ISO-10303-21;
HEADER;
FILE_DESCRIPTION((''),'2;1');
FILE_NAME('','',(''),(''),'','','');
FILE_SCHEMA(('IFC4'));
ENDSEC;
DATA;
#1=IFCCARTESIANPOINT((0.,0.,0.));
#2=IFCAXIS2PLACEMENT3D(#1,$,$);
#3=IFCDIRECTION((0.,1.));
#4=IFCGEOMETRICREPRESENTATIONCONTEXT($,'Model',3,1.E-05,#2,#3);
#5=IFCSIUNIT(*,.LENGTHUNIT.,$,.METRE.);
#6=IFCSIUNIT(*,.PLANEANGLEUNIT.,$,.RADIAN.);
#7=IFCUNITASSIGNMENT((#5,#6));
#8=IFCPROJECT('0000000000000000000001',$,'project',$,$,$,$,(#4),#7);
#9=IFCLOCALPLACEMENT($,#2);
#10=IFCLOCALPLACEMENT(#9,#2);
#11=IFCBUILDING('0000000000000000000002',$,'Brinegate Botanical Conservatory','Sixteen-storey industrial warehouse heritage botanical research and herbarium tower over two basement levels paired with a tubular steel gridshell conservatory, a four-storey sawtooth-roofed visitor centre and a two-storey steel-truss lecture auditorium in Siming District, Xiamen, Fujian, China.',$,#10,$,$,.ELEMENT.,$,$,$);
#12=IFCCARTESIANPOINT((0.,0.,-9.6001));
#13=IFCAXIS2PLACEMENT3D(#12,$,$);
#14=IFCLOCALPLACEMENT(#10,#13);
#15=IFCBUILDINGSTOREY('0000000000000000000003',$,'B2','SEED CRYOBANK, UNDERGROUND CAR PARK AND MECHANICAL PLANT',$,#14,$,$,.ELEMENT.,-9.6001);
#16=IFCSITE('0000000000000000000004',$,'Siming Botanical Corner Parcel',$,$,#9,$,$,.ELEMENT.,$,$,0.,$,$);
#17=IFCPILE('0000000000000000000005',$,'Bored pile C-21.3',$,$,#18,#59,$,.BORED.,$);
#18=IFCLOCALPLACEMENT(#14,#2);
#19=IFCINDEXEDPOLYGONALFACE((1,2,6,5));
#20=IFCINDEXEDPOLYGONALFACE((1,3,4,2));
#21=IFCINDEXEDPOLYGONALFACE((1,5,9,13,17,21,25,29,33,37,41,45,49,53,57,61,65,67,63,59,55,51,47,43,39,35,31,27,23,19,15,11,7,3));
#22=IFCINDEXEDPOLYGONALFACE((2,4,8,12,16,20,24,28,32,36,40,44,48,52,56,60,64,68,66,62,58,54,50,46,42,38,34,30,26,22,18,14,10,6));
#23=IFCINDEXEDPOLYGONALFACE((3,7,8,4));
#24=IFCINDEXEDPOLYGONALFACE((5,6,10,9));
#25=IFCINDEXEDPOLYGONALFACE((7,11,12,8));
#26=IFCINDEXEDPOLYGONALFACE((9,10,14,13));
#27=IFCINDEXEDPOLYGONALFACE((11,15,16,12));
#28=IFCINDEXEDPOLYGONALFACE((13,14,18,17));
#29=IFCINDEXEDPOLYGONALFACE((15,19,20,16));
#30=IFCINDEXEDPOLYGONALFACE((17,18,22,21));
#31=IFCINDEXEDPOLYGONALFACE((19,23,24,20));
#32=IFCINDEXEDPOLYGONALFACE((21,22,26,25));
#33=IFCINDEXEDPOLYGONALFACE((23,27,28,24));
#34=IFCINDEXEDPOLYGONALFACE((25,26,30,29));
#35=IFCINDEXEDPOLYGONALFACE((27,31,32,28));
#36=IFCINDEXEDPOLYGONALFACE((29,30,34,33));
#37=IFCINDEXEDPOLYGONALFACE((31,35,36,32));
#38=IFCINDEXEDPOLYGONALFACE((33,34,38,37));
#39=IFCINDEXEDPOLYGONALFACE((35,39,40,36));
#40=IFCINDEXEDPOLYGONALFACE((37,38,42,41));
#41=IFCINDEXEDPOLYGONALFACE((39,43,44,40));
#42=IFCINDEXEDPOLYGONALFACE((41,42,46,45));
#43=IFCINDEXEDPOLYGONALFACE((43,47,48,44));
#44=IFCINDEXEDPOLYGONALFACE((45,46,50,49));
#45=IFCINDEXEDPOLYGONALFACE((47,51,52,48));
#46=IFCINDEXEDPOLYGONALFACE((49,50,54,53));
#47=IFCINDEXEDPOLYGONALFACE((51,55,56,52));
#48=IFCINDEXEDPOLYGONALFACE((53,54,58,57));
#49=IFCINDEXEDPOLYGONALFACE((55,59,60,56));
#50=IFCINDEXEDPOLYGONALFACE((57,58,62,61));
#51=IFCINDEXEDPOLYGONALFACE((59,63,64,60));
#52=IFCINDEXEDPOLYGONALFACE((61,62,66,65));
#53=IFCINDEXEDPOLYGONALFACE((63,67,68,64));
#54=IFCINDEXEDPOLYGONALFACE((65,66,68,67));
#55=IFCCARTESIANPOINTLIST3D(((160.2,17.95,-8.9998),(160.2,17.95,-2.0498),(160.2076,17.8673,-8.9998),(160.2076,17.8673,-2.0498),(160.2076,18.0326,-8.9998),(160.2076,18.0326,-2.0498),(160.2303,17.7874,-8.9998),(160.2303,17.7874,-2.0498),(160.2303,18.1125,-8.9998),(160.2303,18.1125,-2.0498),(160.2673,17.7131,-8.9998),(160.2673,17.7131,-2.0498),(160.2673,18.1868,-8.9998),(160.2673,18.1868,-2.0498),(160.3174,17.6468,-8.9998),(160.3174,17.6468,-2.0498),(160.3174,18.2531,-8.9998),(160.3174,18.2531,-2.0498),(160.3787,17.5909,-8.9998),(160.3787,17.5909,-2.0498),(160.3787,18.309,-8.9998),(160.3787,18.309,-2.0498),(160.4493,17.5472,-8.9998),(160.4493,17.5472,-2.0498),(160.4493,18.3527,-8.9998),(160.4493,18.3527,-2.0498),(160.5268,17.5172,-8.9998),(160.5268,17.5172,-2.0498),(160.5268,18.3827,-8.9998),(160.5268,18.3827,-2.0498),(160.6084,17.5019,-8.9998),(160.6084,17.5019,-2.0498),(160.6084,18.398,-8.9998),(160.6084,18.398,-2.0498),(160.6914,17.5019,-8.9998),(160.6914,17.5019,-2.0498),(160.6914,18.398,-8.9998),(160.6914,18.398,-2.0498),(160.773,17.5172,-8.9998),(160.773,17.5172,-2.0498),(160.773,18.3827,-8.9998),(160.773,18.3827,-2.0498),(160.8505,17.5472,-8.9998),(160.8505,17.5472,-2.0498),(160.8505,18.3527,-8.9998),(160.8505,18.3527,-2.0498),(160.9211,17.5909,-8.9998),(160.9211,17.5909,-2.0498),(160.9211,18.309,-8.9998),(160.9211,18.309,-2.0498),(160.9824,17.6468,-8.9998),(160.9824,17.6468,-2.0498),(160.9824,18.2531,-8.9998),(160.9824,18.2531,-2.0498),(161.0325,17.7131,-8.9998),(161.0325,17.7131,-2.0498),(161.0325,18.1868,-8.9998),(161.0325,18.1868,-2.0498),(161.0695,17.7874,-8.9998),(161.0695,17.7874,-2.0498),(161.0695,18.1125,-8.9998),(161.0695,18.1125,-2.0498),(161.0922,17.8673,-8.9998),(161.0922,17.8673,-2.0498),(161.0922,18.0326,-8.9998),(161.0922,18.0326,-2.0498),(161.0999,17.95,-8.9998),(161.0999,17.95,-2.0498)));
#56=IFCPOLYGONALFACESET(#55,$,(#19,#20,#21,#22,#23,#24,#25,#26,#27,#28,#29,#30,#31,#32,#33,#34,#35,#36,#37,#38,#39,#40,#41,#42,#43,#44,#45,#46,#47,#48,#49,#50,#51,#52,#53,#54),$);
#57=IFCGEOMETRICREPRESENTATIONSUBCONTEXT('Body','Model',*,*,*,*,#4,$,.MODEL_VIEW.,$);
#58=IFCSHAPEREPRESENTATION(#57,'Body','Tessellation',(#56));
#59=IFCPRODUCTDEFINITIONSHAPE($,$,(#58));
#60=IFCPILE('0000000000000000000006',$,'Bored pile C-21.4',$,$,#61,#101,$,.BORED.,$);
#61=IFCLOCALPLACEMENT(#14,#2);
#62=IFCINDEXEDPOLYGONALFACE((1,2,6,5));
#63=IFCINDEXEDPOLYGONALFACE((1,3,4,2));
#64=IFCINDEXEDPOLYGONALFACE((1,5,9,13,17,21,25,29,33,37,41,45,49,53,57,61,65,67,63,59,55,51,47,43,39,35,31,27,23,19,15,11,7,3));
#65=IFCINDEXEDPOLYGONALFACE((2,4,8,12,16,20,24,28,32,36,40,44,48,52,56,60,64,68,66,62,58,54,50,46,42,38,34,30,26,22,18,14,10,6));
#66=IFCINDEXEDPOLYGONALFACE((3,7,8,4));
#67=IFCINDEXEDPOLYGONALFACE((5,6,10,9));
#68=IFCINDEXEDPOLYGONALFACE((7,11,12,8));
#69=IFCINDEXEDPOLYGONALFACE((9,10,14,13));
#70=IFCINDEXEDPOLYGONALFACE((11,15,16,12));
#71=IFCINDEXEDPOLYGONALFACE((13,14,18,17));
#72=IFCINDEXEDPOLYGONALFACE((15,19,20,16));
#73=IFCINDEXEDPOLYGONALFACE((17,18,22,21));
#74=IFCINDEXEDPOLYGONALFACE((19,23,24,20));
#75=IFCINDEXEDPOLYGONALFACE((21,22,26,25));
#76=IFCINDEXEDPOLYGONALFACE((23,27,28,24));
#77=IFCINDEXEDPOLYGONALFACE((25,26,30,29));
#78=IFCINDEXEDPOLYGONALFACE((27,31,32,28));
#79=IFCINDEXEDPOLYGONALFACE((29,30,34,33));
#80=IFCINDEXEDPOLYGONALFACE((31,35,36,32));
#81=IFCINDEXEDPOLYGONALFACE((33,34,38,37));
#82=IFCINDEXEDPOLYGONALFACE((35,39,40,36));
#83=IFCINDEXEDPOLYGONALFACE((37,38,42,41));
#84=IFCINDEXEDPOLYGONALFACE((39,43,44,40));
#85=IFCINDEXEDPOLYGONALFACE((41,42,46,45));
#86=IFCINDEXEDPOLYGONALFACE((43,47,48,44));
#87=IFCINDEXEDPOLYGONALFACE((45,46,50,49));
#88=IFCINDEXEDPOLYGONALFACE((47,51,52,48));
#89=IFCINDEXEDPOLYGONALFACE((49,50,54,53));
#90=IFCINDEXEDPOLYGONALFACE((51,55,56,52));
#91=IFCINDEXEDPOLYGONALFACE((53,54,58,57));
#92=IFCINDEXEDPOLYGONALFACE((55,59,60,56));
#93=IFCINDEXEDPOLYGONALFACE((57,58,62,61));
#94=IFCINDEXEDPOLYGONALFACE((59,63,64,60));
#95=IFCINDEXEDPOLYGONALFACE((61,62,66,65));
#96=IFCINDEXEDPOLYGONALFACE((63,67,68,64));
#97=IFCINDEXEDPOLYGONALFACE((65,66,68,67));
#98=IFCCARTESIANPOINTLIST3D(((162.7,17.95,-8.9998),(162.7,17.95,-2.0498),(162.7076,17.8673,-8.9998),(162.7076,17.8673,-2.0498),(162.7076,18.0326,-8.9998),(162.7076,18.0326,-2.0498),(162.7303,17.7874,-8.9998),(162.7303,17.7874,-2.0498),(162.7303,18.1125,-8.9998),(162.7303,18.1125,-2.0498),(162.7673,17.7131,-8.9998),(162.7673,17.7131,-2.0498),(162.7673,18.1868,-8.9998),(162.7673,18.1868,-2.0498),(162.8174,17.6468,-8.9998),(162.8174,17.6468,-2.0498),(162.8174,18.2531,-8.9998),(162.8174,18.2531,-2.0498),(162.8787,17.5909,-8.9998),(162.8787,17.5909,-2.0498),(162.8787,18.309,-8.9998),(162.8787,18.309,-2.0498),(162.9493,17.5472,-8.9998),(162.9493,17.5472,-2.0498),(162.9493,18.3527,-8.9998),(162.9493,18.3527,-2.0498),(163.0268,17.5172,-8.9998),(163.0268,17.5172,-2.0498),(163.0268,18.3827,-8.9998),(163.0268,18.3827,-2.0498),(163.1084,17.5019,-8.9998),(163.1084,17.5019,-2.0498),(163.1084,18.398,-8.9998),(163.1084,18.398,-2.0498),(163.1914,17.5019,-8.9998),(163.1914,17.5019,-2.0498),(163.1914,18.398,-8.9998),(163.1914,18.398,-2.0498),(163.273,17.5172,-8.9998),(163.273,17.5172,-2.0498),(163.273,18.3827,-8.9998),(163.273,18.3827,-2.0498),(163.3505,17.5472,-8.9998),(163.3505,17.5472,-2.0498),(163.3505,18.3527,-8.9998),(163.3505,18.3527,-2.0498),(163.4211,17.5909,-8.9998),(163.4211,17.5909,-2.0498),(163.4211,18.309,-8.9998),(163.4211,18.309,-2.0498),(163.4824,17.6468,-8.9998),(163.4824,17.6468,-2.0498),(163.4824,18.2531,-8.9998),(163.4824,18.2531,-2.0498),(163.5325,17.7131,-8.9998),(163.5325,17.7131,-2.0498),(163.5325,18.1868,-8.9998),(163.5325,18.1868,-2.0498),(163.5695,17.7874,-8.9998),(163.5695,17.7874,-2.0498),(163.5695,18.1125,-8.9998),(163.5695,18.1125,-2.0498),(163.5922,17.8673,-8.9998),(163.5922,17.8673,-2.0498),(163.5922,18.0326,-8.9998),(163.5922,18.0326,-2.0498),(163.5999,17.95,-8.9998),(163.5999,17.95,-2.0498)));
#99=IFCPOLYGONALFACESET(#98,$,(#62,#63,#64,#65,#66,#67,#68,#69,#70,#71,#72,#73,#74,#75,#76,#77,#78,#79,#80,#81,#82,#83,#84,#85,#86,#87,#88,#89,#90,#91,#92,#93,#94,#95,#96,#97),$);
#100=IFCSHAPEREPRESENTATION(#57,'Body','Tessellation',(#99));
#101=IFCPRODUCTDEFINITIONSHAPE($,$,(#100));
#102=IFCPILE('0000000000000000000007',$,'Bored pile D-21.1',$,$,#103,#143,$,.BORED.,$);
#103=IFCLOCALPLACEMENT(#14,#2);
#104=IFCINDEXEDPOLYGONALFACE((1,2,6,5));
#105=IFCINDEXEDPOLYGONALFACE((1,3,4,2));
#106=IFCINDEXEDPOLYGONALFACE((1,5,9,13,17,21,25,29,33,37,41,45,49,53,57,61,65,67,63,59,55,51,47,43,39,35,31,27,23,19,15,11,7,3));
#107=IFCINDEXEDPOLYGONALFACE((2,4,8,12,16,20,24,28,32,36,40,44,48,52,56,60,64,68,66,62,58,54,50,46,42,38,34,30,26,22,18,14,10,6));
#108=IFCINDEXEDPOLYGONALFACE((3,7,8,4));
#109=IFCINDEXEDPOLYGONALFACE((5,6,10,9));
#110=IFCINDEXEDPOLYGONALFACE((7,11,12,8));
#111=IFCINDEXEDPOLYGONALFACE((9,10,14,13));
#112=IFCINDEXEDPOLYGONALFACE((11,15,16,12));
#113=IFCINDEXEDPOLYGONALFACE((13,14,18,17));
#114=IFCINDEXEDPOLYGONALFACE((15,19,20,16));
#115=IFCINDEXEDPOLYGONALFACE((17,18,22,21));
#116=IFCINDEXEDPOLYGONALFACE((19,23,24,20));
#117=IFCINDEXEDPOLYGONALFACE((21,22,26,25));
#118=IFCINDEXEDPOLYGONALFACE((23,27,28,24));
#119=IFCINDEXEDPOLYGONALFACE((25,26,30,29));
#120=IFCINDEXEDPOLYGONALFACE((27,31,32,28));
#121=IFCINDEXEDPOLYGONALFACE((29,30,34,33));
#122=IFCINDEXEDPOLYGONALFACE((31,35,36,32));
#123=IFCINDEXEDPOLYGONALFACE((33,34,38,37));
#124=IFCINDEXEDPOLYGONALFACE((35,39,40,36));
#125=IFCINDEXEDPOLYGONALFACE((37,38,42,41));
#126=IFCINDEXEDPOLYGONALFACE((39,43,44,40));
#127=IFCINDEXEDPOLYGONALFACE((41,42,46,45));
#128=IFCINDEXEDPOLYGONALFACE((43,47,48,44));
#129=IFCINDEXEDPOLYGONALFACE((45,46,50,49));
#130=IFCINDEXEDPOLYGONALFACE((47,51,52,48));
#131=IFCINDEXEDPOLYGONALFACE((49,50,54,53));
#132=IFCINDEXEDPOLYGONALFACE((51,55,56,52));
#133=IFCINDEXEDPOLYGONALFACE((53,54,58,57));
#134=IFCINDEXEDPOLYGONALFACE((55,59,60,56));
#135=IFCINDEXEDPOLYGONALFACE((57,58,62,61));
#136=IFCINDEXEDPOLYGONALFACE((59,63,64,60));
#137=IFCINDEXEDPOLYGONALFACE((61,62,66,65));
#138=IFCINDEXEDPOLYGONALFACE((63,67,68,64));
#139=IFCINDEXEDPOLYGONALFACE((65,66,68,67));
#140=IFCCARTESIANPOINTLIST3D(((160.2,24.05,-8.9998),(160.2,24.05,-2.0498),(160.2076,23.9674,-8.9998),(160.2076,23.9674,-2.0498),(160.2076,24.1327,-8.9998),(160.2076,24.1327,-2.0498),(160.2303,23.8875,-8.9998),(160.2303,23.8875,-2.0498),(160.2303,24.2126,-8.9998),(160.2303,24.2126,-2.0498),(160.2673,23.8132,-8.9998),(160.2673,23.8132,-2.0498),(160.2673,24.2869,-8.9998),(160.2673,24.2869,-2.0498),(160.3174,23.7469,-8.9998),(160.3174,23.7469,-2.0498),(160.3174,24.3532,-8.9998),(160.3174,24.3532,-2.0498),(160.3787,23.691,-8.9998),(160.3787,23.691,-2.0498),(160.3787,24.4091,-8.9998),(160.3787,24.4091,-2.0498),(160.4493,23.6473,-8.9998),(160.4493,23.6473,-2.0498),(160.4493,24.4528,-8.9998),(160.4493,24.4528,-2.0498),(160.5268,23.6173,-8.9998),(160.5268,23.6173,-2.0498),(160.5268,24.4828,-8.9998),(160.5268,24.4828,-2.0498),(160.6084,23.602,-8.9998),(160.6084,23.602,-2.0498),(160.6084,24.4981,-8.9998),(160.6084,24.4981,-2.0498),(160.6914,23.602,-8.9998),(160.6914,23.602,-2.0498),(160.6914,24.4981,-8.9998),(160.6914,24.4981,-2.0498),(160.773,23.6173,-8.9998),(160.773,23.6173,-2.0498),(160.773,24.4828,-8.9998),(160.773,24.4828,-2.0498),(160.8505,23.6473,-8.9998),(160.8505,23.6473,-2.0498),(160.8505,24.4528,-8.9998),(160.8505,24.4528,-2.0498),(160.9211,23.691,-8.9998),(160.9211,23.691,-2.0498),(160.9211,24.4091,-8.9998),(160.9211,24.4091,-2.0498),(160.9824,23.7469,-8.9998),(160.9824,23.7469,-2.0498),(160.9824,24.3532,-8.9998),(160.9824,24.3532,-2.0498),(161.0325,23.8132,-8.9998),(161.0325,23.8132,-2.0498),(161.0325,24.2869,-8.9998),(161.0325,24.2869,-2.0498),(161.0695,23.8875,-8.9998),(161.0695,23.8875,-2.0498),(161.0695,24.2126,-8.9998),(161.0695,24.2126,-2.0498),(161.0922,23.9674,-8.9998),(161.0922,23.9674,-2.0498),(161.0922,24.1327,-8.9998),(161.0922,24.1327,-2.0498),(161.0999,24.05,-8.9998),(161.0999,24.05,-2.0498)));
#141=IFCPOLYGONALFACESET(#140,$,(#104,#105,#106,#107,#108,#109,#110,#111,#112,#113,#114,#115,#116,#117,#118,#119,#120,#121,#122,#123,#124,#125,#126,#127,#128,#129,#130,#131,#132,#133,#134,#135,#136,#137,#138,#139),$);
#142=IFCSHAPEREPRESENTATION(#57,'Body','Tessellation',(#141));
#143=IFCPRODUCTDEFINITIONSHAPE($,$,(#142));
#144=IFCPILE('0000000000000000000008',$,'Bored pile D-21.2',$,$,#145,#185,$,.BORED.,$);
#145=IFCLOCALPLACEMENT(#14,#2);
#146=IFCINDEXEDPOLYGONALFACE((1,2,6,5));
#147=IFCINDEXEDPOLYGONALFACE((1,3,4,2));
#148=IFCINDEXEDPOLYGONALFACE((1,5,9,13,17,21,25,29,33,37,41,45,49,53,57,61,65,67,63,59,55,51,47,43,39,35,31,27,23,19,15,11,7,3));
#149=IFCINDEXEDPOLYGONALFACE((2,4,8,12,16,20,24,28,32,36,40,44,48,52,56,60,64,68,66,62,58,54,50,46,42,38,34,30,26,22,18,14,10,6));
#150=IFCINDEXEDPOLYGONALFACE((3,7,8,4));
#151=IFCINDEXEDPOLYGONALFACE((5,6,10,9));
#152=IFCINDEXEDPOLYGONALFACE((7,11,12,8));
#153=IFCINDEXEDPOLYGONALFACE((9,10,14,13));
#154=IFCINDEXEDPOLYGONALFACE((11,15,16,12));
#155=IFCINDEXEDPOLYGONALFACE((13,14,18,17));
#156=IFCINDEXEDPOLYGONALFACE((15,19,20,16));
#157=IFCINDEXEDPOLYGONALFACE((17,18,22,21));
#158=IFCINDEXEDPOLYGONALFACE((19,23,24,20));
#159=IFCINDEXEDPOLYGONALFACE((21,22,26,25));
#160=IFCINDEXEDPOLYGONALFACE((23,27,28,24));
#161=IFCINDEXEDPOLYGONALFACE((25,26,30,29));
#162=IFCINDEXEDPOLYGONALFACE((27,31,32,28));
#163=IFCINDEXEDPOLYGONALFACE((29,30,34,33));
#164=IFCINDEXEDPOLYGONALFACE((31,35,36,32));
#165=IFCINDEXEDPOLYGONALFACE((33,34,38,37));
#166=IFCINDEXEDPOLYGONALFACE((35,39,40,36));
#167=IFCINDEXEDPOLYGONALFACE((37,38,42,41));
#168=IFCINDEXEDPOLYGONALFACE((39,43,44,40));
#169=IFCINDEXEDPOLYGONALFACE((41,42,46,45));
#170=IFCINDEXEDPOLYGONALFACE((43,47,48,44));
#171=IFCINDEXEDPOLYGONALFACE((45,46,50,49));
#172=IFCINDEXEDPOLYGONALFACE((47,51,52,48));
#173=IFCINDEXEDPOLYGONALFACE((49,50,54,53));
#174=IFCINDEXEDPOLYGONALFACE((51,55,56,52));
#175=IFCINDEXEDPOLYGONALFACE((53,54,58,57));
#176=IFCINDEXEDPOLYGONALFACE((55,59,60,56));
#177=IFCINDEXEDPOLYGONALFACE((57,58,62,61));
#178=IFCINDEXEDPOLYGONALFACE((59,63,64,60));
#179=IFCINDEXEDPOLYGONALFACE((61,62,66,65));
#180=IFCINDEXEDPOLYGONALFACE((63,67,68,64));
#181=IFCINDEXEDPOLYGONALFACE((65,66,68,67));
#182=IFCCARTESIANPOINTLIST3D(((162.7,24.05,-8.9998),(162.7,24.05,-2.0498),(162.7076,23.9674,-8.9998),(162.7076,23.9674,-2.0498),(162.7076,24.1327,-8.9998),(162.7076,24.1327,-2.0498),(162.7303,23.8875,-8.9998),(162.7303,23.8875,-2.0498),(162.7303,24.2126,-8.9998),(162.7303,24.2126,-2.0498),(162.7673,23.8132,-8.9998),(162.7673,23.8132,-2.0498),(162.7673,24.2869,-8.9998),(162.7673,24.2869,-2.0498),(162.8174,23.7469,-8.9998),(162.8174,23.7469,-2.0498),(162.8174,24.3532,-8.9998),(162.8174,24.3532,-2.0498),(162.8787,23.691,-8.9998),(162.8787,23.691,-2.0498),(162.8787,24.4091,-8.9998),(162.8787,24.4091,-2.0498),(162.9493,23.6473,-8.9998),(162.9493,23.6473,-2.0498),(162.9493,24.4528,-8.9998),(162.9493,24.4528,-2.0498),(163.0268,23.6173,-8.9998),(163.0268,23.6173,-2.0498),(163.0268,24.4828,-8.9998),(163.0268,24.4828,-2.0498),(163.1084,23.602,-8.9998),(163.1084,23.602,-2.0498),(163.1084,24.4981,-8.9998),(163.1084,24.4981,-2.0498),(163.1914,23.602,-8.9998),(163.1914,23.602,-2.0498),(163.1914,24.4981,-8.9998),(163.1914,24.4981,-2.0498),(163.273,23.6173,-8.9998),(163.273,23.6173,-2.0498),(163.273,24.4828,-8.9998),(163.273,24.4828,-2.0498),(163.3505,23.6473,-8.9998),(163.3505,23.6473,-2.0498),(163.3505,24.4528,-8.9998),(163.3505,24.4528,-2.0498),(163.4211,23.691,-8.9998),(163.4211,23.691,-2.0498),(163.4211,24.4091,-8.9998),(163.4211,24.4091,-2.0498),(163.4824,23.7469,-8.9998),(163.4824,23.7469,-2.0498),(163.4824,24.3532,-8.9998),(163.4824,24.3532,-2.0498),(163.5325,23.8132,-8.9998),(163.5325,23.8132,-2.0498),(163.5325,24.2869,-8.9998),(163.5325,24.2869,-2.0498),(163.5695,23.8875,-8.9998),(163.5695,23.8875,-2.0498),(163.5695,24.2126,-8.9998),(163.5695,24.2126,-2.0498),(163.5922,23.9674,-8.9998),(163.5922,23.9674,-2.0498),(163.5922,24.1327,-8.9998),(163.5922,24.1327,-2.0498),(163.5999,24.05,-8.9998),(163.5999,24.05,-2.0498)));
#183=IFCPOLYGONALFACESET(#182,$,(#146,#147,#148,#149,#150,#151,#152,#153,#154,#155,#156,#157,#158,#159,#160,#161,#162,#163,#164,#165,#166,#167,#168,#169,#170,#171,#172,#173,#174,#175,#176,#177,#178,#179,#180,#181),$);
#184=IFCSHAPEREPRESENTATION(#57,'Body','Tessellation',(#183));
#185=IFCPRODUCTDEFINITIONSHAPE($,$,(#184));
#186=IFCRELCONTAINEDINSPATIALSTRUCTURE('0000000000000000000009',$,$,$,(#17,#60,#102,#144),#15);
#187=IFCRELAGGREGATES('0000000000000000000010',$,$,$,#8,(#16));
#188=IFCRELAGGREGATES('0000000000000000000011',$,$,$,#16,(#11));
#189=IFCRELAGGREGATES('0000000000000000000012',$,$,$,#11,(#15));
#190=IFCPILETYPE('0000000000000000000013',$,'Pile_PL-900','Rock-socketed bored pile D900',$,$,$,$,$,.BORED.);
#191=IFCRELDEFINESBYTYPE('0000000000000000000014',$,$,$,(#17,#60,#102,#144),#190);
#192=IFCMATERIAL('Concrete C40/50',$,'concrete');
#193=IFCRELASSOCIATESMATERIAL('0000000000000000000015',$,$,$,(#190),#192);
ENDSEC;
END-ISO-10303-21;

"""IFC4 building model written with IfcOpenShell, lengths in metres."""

from ifc_helpers import new_model, si_unit, direction, frame, origin, origin_2d, place, context, subcontext, project, spatial, circle, extrude, material, material_profile, profile_set, type_object, element, save


model = new_model("IFC4")

# Units and contexts
model_context = context("Model", 3, precision=1e-05, world=origin(), true_north=direction((0.0, 1.0)))
body_context = subcontext(model_context, "Body", "Model", "MODEL_VIEW")
ifc_project = project(units=[si_unit("LENGTHUNIT", "METRE"), si_unit("PLANEANGLEUNIT", "RADIAN")], contexts=[model_context])

# Site, building, storey
site_placement = place(None, origin())
site = spatial("IfcSite", under=ifc_project, at=site_placement, Name="Siming Botanical Corner Parcel", CompositionType="ELEMENT", RefElevation=0.0)
building_placement = place(site_placement, origin())
building = spatial("IfcBuilding", under=site, at=building_placement, Name="Brinegate Botanical Conservatory", Description="Sixteen-storey industrial warehouse heritage botanical research and herbarium tower over two basement levels paired with a tubular steel gridshell conservatory, a four-storey sawtooth-roofed visitor centre and a two-storey steel-truss lecture auditorium in Siming District, Xiamen, Fujian, China.", CompositionType="ELEMENT")
storey_placement = place(building_placement, frame((0.0, 0.0, -9.6001)))
storey = spatial("IfcBuildingStorey", under=building, at=storey_placement, Name="B2", Description="SEED CRYOBANK, UNDERGROUND CAR PARK AND MECHANICAL PLANT", CompositionType="ELEMENT", Elevation=-9.6001)

# Shared definitions
ifc_material_1 = material(Name="Concrete C40/50", Category="concrete")

# Piles
ifc_material_profile_1 = material_profile(ifc_material_1, circle(Radius=0.45, at=origin_2d()), Name="PILE D900")
ifc_profile_set_1 = profile_set([ifc_material_profile_1], Name="Concrete C40/50")
pile_type = type_object("IfcPileType", Name="Pile_PL-900", Description="Rock-socketed bored pile D900", PredefinedType="BORED", material=ifc_profile_set_1)
for number, where, z_axis, x_axis, name in (
    (1, (160.6499, 17.95, -2.0498), (0.0, 0.0, -1.0), (1.0, 0.0, 0.0), "Bored pile C-21.3"),
    (2, (163.1499, 17.95, -2.0498), (0.0, 0.0, -1.0), (1.0, 0.0, 0.0), "Bored pile C-21.4"),
    (3, (160.6499, 24.05, -2.0498), (0.0, 0.0, -1.0), (1.0, 0.0, 0.0), "Bored pile D-21.1"),
    (4, (163.1499, 24.05, -2.0498), (0.0, 0.0, -1.0), (1.0, 0.0, 0.0), "Bored pile D-21.2"),
):
    element("IfcPile", number, at=place(storey_placement, frame(where, z_axis=z_axis, x_axis=x_axis)), inside=storey, type_object=pile_type, Name=name, PredefinedType="BORED", context=body_context, shape_type="SweptSolid", body=[
        extrude(circle(Radius=0.45, at=origin_2d()), origin(), (0.0, 0.0, 1.0), 6.95),
    ])

save(model, "model.ifc")
